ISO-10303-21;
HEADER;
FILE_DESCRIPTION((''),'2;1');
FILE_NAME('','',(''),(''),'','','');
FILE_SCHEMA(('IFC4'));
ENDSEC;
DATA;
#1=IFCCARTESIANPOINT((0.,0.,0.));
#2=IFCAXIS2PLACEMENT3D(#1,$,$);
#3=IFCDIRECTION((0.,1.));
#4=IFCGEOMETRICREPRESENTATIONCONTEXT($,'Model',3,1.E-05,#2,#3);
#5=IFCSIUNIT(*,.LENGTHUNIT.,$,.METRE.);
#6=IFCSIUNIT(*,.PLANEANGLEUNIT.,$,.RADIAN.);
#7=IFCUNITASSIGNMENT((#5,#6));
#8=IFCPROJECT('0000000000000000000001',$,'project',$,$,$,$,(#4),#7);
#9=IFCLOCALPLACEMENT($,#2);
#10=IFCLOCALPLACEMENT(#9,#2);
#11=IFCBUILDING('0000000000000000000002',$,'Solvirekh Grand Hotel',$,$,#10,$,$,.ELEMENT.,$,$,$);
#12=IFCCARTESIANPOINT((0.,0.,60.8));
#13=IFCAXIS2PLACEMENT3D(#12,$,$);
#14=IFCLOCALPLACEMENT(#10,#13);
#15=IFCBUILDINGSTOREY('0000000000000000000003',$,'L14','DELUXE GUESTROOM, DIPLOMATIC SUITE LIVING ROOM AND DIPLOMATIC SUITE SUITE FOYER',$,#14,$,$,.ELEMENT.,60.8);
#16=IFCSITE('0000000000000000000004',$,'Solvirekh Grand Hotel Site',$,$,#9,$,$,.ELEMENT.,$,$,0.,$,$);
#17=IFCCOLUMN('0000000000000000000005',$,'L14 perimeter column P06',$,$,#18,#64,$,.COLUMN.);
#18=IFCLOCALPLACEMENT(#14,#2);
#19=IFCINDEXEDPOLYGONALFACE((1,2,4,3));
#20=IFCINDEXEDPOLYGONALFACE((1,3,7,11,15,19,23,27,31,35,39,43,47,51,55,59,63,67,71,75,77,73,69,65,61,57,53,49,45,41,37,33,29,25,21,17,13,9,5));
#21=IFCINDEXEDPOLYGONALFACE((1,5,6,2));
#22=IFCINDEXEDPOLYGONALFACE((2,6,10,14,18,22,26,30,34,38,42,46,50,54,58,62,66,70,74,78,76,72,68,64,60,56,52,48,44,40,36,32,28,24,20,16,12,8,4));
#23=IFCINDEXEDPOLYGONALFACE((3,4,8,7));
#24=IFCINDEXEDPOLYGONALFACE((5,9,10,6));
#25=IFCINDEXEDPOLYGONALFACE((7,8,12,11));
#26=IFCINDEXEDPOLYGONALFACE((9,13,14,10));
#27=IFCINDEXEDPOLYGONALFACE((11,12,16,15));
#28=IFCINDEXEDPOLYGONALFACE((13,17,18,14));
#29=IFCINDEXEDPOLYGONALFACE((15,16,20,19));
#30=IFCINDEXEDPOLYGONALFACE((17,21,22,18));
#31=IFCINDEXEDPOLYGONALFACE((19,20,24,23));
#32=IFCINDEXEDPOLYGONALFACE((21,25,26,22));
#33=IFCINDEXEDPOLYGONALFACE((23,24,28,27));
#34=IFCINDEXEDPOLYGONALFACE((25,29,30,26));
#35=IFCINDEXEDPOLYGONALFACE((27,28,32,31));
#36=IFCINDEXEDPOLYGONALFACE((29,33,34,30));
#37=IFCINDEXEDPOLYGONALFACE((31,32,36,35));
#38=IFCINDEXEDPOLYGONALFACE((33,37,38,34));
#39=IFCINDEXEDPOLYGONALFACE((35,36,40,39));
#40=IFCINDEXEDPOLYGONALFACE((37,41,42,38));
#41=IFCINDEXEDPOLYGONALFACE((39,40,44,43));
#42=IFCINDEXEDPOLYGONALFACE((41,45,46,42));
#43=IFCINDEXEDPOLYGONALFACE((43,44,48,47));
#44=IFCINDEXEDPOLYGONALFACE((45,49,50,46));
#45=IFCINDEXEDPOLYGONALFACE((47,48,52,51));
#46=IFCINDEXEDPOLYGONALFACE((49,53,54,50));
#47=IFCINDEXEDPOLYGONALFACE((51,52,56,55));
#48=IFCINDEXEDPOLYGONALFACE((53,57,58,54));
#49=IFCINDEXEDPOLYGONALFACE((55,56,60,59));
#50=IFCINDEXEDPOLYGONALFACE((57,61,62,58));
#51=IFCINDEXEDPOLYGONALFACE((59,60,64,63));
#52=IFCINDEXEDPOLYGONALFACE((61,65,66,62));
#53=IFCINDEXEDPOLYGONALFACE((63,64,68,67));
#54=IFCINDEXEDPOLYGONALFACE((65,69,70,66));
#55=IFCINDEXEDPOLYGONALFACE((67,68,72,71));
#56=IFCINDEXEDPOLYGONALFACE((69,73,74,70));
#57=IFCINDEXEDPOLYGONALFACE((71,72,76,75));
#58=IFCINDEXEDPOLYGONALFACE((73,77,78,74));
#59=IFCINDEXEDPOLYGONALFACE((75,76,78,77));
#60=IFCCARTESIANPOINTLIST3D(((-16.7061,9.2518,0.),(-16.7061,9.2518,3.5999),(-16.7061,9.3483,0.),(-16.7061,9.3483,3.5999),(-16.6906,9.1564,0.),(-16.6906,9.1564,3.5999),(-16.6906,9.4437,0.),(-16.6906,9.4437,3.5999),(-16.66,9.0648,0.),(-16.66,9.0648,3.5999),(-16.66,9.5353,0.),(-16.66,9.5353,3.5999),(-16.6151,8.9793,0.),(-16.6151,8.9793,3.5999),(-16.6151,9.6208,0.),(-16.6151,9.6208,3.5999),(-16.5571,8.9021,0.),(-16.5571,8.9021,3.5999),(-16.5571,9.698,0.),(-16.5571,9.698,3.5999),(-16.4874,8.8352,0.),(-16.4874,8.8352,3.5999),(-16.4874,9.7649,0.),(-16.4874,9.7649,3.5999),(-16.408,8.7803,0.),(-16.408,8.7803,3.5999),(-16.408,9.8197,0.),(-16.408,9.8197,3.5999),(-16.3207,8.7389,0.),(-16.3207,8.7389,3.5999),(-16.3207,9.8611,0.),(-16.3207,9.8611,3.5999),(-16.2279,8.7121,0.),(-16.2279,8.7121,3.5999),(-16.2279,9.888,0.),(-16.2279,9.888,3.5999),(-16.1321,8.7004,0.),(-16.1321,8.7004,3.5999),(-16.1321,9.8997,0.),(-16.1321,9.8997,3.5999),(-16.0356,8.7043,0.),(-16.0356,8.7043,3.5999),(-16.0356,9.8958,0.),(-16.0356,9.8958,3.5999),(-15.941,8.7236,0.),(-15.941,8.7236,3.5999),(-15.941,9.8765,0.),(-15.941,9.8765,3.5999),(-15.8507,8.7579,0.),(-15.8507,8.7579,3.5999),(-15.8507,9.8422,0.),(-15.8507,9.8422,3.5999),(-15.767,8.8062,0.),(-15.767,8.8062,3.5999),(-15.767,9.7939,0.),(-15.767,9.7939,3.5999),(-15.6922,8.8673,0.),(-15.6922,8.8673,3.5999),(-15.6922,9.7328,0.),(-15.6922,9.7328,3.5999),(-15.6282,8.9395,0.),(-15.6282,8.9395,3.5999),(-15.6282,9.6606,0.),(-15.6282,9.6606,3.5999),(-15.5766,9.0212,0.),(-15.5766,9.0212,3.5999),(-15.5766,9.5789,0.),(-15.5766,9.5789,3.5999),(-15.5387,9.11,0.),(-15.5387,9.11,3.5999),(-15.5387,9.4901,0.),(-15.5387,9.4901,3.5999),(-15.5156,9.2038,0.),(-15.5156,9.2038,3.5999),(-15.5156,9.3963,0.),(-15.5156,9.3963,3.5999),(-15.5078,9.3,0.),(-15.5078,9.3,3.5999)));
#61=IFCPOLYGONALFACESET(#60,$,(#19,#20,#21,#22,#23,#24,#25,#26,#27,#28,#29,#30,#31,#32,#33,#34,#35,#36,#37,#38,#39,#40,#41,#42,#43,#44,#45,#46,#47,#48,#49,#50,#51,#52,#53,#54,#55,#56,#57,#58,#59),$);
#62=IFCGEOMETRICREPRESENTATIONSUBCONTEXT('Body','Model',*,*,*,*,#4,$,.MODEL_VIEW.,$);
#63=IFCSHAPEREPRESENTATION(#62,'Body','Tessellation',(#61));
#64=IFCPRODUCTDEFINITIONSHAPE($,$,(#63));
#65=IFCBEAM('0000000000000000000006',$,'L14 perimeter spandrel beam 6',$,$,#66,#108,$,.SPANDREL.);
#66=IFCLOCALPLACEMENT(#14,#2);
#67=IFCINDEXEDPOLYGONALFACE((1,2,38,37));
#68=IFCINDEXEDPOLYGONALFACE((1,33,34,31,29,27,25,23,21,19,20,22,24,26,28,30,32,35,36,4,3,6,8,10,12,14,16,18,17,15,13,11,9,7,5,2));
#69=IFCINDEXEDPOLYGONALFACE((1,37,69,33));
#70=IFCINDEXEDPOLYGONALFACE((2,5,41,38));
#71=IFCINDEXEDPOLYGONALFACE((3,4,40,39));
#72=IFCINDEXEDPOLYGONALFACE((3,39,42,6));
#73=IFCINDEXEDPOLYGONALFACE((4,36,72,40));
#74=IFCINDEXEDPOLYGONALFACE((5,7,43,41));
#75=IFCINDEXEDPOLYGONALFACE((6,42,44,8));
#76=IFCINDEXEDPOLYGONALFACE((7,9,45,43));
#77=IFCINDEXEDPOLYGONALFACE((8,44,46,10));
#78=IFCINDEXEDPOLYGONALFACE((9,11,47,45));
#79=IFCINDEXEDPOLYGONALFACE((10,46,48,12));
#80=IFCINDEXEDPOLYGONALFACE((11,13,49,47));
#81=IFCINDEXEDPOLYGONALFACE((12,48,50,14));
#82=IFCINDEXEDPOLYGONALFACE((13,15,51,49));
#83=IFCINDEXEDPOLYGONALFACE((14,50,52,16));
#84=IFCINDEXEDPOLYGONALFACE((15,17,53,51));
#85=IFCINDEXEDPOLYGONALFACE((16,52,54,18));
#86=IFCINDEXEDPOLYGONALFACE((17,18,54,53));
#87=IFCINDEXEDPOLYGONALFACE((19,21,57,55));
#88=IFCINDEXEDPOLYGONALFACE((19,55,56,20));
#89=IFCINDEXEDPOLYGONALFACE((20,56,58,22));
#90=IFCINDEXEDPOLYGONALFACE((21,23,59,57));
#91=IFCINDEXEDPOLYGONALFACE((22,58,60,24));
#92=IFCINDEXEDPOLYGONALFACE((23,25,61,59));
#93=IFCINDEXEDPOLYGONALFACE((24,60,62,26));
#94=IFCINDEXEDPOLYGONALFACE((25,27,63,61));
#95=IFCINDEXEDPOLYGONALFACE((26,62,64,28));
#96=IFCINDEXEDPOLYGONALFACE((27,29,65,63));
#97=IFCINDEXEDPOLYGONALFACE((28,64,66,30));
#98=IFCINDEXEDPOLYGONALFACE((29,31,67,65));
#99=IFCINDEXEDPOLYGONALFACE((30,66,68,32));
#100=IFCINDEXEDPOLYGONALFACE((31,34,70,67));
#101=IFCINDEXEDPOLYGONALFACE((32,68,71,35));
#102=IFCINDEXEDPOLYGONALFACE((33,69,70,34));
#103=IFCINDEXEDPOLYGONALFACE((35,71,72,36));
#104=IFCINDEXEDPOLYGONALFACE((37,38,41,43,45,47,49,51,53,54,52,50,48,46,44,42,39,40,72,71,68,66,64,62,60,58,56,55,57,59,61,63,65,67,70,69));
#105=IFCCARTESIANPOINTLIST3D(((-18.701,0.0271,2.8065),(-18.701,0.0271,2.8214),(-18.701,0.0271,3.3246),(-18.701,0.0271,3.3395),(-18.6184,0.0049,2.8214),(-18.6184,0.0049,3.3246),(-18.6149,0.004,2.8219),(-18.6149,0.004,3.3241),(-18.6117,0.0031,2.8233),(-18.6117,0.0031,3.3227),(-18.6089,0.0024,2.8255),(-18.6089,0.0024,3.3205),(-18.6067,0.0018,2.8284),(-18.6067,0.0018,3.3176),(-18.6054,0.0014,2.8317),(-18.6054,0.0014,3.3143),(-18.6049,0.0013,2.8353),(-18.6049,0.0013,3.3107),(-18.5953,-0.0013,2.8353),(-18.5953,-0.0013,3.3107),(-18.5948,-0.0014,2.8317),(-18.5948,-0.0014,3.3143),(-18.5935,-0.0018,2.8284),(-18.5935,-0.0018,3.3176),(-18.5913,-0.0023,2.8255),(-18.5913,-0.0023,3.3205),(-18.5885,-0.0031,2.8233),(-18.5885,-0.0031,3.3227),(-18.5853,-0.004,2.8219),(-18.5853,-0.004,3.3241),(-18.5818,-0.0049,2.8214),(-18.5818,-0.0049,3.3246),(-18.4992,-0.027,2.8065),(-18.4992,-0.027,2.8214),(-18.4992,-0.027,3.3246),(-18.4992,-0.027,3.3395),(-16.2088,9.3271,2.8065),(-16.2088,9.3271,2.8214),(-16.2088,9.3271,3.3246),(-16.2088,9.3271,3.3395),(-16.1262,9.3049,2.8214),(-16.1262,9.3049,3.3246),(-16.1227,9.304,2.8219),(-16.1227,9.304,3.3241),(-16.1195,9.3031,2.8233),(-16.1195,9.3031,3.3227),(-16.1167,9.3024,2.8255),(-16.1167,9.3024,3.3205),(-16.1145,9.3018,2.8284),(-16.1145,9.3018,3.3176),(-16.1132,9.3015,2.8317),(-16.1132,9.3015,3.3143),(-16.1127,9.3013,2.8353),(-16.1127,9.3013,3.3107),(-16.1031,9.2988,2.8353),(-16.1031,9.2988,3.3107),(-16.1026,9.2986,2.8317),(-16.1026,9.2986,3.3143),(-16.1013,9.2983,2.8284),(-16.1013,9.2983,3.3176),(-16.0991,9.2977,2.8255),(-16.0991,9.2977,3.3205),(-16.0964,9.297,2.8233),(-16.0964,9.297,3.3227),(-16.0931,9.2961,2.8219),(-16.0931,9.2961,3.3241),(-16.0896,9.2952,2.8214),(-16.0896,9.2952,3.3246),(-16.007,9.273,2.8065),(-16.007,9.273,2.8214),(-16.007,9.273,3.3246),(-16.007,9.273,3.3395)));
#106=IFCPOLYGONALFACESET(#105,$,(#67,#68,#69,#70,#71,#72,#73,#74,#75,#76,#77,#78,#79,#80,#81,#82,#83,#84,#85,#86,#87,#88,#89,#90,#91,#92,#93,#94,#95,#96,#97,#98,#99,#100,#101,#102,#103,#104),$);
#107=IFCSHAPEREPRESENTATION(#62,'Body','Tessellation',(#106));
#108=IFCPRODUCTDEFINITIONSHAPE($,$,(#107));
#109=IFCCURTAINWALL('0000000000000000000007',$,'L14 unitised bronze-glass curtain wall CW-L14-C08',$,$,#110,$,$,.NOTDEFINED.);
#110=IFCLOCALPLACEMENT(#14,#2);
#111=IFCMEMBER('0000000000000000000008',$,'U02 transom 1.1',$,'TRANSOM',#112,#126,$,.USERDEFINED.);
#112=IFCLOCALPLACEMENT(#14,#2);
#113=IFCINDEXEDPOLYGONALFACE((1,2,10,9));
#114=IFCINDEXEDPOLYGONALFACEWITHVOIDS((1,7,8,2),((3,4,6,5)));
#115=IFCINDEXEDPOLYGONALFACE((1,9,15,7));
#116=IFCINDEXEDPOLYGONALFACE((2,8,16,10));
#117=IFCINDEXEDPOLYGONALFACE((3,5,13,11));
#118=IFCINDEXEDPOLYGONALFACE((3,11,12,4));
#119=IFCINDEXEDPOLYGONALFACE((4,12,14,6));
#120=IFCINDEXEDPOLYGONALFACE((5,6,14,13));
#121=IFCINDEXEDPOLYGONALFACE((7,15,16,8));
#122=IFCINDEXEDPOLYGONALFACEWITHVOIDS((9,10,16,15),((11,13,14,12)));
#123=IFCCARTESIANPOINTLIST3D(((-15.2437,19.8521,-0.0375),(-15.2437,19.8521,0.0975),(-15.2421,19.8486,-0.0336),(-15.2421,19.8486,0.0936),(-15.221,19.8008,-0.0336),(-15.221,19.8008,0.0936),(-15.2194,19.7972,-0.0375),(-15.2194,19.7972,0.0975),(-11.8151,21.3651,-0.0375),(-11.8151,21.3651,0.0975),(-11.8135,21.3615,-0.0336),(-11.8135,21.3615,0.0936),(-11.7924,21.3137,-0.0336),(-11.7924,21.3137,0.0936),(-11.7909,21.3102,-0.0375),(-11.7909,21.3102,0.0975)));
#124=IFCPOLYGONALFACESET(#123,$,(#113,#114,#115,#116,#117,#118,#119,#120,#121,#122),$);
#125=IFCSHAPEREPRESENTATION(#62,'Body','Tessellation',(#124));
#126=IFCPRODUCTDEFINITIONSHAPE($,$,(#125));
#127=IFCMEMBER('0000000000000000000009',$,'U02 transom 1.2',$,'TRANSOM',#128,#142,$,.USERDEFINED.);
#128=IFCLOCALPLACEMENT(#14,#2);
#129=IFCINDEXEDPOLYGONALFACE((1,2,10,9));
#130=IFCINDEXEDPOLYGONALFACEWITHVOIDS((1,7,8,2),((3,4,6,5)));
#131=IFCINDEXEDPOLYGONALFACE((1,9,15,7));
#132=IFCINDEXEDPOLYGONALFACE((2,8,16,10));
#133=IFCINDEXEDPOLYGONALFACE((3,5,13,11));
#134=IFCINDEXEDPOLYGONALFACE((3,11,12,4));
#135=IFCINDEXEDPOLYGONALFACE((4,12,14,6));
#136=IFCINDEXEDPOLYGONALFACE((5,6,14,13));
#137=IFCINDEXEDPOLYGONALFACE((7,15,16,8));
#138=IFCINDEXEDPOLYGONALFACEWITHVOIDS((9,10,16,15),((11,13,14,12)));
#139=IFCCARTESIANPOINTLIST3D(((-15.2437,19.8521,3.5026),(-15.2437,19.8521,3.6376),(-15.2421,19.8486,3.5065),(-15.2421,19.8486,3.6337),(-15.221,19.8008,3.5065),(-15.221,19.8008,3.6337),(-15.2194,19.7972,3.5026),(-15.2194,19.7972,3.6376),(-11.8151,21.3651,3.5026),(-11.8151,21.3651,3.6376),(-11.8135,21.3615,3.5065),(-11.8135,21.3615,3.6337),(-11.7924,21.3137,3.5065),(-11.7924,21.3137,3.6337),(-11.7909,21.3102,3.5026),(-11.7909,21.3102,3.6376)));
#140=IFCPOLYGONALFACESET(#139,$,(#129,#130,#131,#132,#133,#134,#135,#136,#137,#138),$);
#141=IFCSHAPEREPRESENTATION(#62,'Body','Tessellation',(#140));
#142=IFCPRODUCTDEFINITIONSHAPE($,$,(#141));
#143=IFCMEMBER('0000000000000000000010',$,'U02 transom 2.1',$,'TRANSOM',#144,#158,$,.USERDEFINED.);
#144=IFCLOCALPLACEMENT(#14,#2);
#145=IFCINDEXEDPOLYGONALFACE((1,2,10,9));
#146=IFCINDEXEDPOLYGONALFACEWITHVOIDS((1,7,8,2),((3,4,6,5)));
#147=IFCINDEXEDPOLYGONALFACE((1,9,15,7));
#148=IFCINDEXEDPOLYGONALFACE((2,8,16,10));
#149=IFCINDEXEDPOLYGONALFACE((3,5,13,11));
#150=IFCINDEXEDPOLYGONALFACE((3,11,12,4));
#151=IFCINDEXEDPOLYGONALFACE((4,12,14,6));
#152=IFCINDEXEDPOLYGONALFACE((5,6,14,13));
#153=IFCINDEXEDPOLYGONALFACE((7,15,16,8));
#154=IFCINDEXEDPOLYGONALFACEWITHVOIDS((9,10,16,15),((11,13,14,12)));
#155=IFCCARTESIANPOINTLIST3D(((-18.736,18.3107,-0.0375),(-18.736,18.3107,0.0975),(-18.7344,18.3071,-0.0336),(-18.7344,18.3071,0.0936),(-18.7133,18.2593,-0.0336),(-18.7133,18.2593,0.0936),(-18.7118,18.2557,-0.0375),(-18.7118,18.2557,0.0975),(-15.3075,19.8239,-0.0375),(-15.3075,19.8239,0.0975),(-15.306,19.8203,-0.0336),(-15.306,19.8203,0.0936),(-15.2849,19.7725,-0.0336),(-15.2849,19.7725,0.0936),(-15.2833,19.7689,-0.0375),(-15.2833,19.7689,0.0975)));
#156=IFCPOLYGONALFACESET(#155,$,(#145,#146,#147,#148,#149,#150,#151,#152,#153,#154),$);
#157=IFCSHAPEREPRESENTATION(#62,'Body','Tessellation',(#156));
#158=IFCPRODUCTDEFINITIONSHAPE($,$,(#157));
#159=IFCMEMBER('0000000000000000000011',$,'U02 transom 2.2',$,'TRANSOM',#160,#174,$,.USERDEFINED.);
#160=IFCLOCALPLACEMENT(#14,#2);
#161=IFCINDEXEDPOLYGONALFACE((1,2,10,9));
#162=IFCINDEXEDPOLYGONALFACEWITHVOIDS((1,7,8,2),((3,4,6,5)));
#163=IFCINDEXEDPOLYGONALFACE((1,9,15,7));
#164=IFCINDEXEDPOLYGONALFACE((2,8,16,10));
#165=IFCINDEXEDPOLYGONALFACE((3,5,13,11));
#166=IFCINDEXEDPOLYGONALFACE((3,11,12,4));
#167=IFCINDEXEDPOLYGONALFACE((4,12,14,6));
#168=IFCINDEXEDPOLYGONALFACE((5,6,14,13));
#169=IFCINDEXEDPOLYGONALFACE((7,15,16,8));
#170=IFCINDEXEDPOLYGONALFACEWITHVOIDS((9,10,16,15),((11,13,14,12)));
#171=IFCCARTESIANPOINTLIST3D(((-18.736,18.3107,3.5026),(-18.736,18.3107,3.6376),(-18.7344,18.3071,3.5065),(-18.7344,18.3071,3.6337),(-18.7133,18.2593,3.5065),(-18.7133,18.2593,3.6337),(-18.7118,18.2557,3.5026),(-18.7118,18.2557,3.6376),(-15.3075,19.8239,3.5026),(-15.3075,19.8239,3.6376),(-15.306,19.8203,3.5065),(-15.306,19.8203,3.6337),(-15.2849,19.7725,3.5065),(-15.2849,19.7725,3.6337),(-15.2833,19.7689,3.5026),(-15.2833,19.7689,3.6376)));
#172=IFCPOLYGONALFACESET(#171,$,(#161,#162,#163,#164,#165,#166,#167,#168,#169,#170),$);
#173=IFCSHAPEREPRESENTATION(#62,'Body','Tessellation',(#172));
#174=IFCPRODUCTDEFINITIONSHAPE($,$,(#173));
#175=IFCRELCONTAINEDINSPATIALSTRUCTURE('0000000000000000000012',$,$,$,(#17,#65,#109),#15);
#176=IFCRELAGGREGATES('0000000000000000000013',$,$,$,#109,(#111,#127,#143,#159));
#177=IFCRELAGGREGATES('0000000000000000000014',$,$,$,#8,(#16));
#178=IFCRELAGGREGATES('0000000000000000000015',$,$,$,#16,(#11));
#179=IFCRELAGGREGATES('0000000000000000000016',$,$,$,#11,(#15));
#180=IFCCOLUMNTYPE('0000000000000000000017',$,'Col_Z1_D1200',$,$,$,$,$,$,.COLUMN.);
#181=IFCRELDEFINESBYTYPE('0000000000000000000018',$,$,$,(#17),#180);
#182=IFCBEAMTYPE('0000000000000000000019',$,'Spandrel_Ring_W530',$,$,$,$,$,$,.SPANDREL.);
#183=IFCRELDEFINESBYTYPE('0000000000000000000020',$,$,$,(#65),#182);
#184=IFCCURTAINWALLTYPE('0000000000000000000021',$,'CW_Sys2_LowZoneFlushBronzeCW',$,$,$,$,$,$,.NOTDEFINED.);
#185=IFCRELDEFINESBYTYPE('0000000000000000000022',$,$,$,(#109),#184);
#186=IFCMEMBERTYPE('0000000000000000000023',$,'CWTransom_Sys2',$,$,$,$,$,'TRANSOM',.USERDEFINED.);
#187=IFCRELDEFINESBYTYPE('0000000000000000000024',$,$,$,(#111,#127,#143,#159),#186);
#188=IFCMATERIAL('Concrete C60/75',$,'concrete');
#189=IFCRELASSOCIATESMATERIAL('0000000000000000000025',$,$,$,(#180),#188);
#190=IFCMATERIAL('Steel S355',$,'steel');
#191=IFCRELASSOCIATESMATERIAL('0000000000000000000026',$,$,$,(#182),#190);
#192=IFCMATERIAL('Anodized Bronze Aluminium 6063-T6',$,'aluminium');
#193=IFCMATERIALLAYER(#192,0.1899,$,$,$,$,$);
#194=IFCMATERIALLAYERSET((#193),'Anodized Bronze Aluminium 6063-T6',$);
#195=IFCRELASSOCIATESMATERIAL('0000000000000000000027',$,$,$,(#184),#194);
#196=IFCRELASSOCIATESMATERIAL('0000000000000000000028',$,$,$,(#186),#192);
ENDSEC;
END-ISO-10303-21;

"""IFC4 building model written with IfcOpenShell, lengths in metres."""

from ifc_helpers import new_model, si_unit, direction, frame, origin, origin_2d, place, context, subcontext, project, spatial, hollow_rectangle, circle, i_section, extrude, source, transform, mapped, material, layer, layer_set, material_profile, profile_set, type_object, element, aggregate, save


model = new_model("IFC4")

# Units and contexts
model_context = context("Model", 3, precision=1e-05, world=origin(), true_north=direction((0.0, 1.0)))
body_context = subcontext(model_context, "Body", "Model", "MODEL_VIEW")
ifc_project = project(units=[si_unit("LENGTHUNIT", "METRE"), si_unit("PLANEANGLEUNIT", "RADIAN")], contexts=[model_context])

# Site, building, storey
site_placement = place(None, origin())
site = spatial("IfcSite", under=ifc_project, at=site_placement, Name="Solvirekh Grand Hotel Site", CompositionType="ELEMENT", RefElevation=0.0)
building_placement = place(site_placement, origin())
building = spatial("IfcBuilding", under=site, at=building_placement, Name="Solvirekh Grand Hotel", CompositionType="ELEMENT")
storey_placement = place(building_placement, frame((0.0, 0.0, 60.8)))
storey = spatial("IfcBuildingStorey", under=building, at=storey_placement, Name="L14", Description="DELUXE GUESTROOM, DIPLOMATIC SUITE LIVING ROOM AND DIPLOMATIC SUITE SUITE FOYER", CompositionType="ELEMENT", Elevation=60.8)

# Column
ifc_material_1 = material(Name="Concrete C60/75", Category="concrete")
ifc_material_profile_1 = material_profile(ifc_material_1, circle(Radius=0.6001, at=origin_2d()), Name="RC CIRC D1200")
ifc_profile_set_1 = profile_set([ifc_material_profile_1], Name="Concrete C60/75")
column_type = type_object("IfcColumnType", Name="Col_Z1_D1200", PredefinedType="COLUMN", material=ifc_profile_set_1)
column_placement = place(storey_placement, frame((-16.1079, 9.3, 0.0), z_axis=(0.0, 0.0, 1.0), x_axis=(1.0, 0.0, 0.0)))
element("IfcColumn", 1, at=column_placement, inside=storey, type_object=column_type, Name="L14 perimeter column P06", PredefinedType="COLUMN", context=body_context, shape_type="SweptSolid", body=[
    extrude(circle(Radius=0.6001, at=origin_2d()), origin(), (0.0, 0.0, 1.0), 3.5999),
])

# Beam
ifc_material_2 = material(Name="Steel S355", Category="steel")
ifc_material_profile_2 = material_profile(ifc_material_2, i_section(OverallWidth=0.209, OverallDepth=0.533, WebThickness=0.01, FlangeThickness=0.0149, FilletRadius=0.0139, at=origin_2d()), Name="W530X92")
ifc_profile_set_2 = profile_set([ifc_material_profile_2], Name="Steel S355")
beam_type = type_object("IfcBeamType", Name="Spandrel_Ring_W530", PredefinedType="SPANDREL", material=ifc_profile_set_2)
beam_placement = place(storey_placement, frame((-16.1079, 9.3, 3.073), z_axis=(-0.258843, -0.965919, 0.0), x_axis=(0.965919, -0.258843, 0.0)))
element("IfcBeam", 2, at=beam_placement, inside=storey, type_object=beam_type, Name="L14 perimeter spandrel beam 6", PredefinedType="SPANDREL", context=body_context, shape_type="SweptSolid", body=[
    extrude(i_section(OverallWidth=0.209, OverallDepth=0.533, WebThickness=0.01, FlangeThickness=0.0149, FilletRadius=0.0139, at=origin_2d()), origin(), (0.0, 0.0, 1.0), 9.6282),
])

# Curtain wall, members
ifc_material_3 = material(Name="Anodized Bronze Aluminium 6063-T6", Category="aluminium")
ifc_layer_1 = layer(ifc_material_3, 0.1899)
ifc_layer_set_1 = layer_set([ifc_layer_1], Name="Anodized Bronze Aluminium 6063-T6")
curtain_wall_type = type_object("IfcCurtainWallType", Name="CW_Sys2_LowZoneFlushBronzeCW", PredefinedType="NOTDEFINED", material=ifc_layer_set_1)
curtain_wall_placement = place(storey_placement, origin())
curtain_wall = element("IfcCurtainWall", 3, at=curtain_wall_placement, inside=storey, type_object=curtain_wall_type, Name="L14 unitised bronze-glass curtain wall CW-L14-C08", PredefinedType="NOTDEFINED")
ifc_material_profile_3 = material_profile(ifc_material_3, hollow_rectangle(XDim=0.0601, YDim=0.135, WallThickness=0.0039, at=origin_2d()), Name="ALU RHS 135X60X4")
ifc_profile_set_3 = profile_set([ifc_material_profile_3], Name="Anodized Bronze Aluminium 6063-T6")
member_type_1 = type_object("IfcMemberType", Name="CWTransom_Sys2", ElementType="TRANSOM", PredefinedType="USERDEFINED", material=ifc_profile_set_3)
shared_shape_1 = source(origin(), body_context, "Body", "SweptSolid", [
    extrude(hollow_rectangle(XDim=0.0601, YDim=0.135, WallThickness=0.0039, at=origin_2d()), origin(), (0.0, 0.0, 1.0), 3.7476),
])
member_1_placement = place(storey_placement, frame((-11.803, 21.3376, 0.03), z_axis=(-0.91488, -0.403725, 0.0), x_axis=(0.403725, -0.91488, 0.0)))
member_1 = element("IfcMember", 4, at=member_1_placement, type_object=member_type_1, Name="U02 transom 1.1", ObjectType="TRANSOM", PredefinedType="USERDEFINED", context=body_context, shape_type="MappedRepresentation", body=[
    mapped(shared_shape_1, transform((0.0, 0.0, 0.0), x_axis=(1.0, 0.0, 0.0), y_axis=(0.0, 1.0, 0.0), z_axis=(0.0, 0.0, 1.0), scale=1.0)),
])
member_2_placement = place(storey_placement, frame((-11.803, 21.3376, 3.5701), z_axis=(-0.91488, -0.403725, 0.0), x_axis=(0.403725, -0.91488, 0.0)))
member_2 = element("IfcMember", 5, at=member_2_placement, type_object=member_type_1, Name="U02 transom 1.2", ObjectType="TRANSOM", PredefinedType="USERDEFINED", context=body_context, shape_type="MappedRepresentation", body=[
    mapped(shared_shape_1, transform((0.0, 0.0, 0.0), x_axis=(1.0, 0.0, 0.0), y_axis=(0.0, 1.0, 0.0), z_axis=(0.0, 0.0, 1.0), scale=1.0)),
])
member_3_placement = place(storey_placement, frame((-15.2954, 19.7964, 0.03), z_axis=(-0.914856, -0.40378, 0.0), x_axis=(0.40378, -0.914856, 0.0)))
member_3 = element("IfcMember", 6, at=member_3_placement, type_object=member_type_1, Name="U02 transom 2.1", ObjectType="TRANSOM", PredefinedType="USERDEFINED", context=body_context, shape_type="MappedRepresentation", body=[
    mapped(shared_shape_1, transform((0.0, 0.0, 0.0), x_axis=(1.0, 0.0, 0.0), y_axis=(0.0, 1.0, 0.0), z_axis=(0.0, 0.0, 1.0), scale=1.0)),
])
member_4_placement = place(storey_placement, frame((-15.2954, 19.7964, 3.5701), z_axis=(-0.914856, -0.40378, 0.0), x_axis=(0.40378, -0.914856, 0.0)))
member_4 = element("IfcMember", 7, at=member_4_placement, type_object=member_type_1, Name="U02 transom 2.2", ObjectType="TRANSOM", PredefinedType="USERDEFINED", context=body_context, shape_type="MappedRepresentation", body=[
    mapped(shared_shape_1, transform((0.0, 0.0, 0.0), x_axis=(1.0, 0.0, 0.0), y_axis=(0.0, 1.0, 0.0), z_axis=(0.0, 0.0, 1.0), scale=1.0)),
])
aggregate(curtain_wall, [member_1, member_2, member_3, member_4])

save(model, "model.ifc")
